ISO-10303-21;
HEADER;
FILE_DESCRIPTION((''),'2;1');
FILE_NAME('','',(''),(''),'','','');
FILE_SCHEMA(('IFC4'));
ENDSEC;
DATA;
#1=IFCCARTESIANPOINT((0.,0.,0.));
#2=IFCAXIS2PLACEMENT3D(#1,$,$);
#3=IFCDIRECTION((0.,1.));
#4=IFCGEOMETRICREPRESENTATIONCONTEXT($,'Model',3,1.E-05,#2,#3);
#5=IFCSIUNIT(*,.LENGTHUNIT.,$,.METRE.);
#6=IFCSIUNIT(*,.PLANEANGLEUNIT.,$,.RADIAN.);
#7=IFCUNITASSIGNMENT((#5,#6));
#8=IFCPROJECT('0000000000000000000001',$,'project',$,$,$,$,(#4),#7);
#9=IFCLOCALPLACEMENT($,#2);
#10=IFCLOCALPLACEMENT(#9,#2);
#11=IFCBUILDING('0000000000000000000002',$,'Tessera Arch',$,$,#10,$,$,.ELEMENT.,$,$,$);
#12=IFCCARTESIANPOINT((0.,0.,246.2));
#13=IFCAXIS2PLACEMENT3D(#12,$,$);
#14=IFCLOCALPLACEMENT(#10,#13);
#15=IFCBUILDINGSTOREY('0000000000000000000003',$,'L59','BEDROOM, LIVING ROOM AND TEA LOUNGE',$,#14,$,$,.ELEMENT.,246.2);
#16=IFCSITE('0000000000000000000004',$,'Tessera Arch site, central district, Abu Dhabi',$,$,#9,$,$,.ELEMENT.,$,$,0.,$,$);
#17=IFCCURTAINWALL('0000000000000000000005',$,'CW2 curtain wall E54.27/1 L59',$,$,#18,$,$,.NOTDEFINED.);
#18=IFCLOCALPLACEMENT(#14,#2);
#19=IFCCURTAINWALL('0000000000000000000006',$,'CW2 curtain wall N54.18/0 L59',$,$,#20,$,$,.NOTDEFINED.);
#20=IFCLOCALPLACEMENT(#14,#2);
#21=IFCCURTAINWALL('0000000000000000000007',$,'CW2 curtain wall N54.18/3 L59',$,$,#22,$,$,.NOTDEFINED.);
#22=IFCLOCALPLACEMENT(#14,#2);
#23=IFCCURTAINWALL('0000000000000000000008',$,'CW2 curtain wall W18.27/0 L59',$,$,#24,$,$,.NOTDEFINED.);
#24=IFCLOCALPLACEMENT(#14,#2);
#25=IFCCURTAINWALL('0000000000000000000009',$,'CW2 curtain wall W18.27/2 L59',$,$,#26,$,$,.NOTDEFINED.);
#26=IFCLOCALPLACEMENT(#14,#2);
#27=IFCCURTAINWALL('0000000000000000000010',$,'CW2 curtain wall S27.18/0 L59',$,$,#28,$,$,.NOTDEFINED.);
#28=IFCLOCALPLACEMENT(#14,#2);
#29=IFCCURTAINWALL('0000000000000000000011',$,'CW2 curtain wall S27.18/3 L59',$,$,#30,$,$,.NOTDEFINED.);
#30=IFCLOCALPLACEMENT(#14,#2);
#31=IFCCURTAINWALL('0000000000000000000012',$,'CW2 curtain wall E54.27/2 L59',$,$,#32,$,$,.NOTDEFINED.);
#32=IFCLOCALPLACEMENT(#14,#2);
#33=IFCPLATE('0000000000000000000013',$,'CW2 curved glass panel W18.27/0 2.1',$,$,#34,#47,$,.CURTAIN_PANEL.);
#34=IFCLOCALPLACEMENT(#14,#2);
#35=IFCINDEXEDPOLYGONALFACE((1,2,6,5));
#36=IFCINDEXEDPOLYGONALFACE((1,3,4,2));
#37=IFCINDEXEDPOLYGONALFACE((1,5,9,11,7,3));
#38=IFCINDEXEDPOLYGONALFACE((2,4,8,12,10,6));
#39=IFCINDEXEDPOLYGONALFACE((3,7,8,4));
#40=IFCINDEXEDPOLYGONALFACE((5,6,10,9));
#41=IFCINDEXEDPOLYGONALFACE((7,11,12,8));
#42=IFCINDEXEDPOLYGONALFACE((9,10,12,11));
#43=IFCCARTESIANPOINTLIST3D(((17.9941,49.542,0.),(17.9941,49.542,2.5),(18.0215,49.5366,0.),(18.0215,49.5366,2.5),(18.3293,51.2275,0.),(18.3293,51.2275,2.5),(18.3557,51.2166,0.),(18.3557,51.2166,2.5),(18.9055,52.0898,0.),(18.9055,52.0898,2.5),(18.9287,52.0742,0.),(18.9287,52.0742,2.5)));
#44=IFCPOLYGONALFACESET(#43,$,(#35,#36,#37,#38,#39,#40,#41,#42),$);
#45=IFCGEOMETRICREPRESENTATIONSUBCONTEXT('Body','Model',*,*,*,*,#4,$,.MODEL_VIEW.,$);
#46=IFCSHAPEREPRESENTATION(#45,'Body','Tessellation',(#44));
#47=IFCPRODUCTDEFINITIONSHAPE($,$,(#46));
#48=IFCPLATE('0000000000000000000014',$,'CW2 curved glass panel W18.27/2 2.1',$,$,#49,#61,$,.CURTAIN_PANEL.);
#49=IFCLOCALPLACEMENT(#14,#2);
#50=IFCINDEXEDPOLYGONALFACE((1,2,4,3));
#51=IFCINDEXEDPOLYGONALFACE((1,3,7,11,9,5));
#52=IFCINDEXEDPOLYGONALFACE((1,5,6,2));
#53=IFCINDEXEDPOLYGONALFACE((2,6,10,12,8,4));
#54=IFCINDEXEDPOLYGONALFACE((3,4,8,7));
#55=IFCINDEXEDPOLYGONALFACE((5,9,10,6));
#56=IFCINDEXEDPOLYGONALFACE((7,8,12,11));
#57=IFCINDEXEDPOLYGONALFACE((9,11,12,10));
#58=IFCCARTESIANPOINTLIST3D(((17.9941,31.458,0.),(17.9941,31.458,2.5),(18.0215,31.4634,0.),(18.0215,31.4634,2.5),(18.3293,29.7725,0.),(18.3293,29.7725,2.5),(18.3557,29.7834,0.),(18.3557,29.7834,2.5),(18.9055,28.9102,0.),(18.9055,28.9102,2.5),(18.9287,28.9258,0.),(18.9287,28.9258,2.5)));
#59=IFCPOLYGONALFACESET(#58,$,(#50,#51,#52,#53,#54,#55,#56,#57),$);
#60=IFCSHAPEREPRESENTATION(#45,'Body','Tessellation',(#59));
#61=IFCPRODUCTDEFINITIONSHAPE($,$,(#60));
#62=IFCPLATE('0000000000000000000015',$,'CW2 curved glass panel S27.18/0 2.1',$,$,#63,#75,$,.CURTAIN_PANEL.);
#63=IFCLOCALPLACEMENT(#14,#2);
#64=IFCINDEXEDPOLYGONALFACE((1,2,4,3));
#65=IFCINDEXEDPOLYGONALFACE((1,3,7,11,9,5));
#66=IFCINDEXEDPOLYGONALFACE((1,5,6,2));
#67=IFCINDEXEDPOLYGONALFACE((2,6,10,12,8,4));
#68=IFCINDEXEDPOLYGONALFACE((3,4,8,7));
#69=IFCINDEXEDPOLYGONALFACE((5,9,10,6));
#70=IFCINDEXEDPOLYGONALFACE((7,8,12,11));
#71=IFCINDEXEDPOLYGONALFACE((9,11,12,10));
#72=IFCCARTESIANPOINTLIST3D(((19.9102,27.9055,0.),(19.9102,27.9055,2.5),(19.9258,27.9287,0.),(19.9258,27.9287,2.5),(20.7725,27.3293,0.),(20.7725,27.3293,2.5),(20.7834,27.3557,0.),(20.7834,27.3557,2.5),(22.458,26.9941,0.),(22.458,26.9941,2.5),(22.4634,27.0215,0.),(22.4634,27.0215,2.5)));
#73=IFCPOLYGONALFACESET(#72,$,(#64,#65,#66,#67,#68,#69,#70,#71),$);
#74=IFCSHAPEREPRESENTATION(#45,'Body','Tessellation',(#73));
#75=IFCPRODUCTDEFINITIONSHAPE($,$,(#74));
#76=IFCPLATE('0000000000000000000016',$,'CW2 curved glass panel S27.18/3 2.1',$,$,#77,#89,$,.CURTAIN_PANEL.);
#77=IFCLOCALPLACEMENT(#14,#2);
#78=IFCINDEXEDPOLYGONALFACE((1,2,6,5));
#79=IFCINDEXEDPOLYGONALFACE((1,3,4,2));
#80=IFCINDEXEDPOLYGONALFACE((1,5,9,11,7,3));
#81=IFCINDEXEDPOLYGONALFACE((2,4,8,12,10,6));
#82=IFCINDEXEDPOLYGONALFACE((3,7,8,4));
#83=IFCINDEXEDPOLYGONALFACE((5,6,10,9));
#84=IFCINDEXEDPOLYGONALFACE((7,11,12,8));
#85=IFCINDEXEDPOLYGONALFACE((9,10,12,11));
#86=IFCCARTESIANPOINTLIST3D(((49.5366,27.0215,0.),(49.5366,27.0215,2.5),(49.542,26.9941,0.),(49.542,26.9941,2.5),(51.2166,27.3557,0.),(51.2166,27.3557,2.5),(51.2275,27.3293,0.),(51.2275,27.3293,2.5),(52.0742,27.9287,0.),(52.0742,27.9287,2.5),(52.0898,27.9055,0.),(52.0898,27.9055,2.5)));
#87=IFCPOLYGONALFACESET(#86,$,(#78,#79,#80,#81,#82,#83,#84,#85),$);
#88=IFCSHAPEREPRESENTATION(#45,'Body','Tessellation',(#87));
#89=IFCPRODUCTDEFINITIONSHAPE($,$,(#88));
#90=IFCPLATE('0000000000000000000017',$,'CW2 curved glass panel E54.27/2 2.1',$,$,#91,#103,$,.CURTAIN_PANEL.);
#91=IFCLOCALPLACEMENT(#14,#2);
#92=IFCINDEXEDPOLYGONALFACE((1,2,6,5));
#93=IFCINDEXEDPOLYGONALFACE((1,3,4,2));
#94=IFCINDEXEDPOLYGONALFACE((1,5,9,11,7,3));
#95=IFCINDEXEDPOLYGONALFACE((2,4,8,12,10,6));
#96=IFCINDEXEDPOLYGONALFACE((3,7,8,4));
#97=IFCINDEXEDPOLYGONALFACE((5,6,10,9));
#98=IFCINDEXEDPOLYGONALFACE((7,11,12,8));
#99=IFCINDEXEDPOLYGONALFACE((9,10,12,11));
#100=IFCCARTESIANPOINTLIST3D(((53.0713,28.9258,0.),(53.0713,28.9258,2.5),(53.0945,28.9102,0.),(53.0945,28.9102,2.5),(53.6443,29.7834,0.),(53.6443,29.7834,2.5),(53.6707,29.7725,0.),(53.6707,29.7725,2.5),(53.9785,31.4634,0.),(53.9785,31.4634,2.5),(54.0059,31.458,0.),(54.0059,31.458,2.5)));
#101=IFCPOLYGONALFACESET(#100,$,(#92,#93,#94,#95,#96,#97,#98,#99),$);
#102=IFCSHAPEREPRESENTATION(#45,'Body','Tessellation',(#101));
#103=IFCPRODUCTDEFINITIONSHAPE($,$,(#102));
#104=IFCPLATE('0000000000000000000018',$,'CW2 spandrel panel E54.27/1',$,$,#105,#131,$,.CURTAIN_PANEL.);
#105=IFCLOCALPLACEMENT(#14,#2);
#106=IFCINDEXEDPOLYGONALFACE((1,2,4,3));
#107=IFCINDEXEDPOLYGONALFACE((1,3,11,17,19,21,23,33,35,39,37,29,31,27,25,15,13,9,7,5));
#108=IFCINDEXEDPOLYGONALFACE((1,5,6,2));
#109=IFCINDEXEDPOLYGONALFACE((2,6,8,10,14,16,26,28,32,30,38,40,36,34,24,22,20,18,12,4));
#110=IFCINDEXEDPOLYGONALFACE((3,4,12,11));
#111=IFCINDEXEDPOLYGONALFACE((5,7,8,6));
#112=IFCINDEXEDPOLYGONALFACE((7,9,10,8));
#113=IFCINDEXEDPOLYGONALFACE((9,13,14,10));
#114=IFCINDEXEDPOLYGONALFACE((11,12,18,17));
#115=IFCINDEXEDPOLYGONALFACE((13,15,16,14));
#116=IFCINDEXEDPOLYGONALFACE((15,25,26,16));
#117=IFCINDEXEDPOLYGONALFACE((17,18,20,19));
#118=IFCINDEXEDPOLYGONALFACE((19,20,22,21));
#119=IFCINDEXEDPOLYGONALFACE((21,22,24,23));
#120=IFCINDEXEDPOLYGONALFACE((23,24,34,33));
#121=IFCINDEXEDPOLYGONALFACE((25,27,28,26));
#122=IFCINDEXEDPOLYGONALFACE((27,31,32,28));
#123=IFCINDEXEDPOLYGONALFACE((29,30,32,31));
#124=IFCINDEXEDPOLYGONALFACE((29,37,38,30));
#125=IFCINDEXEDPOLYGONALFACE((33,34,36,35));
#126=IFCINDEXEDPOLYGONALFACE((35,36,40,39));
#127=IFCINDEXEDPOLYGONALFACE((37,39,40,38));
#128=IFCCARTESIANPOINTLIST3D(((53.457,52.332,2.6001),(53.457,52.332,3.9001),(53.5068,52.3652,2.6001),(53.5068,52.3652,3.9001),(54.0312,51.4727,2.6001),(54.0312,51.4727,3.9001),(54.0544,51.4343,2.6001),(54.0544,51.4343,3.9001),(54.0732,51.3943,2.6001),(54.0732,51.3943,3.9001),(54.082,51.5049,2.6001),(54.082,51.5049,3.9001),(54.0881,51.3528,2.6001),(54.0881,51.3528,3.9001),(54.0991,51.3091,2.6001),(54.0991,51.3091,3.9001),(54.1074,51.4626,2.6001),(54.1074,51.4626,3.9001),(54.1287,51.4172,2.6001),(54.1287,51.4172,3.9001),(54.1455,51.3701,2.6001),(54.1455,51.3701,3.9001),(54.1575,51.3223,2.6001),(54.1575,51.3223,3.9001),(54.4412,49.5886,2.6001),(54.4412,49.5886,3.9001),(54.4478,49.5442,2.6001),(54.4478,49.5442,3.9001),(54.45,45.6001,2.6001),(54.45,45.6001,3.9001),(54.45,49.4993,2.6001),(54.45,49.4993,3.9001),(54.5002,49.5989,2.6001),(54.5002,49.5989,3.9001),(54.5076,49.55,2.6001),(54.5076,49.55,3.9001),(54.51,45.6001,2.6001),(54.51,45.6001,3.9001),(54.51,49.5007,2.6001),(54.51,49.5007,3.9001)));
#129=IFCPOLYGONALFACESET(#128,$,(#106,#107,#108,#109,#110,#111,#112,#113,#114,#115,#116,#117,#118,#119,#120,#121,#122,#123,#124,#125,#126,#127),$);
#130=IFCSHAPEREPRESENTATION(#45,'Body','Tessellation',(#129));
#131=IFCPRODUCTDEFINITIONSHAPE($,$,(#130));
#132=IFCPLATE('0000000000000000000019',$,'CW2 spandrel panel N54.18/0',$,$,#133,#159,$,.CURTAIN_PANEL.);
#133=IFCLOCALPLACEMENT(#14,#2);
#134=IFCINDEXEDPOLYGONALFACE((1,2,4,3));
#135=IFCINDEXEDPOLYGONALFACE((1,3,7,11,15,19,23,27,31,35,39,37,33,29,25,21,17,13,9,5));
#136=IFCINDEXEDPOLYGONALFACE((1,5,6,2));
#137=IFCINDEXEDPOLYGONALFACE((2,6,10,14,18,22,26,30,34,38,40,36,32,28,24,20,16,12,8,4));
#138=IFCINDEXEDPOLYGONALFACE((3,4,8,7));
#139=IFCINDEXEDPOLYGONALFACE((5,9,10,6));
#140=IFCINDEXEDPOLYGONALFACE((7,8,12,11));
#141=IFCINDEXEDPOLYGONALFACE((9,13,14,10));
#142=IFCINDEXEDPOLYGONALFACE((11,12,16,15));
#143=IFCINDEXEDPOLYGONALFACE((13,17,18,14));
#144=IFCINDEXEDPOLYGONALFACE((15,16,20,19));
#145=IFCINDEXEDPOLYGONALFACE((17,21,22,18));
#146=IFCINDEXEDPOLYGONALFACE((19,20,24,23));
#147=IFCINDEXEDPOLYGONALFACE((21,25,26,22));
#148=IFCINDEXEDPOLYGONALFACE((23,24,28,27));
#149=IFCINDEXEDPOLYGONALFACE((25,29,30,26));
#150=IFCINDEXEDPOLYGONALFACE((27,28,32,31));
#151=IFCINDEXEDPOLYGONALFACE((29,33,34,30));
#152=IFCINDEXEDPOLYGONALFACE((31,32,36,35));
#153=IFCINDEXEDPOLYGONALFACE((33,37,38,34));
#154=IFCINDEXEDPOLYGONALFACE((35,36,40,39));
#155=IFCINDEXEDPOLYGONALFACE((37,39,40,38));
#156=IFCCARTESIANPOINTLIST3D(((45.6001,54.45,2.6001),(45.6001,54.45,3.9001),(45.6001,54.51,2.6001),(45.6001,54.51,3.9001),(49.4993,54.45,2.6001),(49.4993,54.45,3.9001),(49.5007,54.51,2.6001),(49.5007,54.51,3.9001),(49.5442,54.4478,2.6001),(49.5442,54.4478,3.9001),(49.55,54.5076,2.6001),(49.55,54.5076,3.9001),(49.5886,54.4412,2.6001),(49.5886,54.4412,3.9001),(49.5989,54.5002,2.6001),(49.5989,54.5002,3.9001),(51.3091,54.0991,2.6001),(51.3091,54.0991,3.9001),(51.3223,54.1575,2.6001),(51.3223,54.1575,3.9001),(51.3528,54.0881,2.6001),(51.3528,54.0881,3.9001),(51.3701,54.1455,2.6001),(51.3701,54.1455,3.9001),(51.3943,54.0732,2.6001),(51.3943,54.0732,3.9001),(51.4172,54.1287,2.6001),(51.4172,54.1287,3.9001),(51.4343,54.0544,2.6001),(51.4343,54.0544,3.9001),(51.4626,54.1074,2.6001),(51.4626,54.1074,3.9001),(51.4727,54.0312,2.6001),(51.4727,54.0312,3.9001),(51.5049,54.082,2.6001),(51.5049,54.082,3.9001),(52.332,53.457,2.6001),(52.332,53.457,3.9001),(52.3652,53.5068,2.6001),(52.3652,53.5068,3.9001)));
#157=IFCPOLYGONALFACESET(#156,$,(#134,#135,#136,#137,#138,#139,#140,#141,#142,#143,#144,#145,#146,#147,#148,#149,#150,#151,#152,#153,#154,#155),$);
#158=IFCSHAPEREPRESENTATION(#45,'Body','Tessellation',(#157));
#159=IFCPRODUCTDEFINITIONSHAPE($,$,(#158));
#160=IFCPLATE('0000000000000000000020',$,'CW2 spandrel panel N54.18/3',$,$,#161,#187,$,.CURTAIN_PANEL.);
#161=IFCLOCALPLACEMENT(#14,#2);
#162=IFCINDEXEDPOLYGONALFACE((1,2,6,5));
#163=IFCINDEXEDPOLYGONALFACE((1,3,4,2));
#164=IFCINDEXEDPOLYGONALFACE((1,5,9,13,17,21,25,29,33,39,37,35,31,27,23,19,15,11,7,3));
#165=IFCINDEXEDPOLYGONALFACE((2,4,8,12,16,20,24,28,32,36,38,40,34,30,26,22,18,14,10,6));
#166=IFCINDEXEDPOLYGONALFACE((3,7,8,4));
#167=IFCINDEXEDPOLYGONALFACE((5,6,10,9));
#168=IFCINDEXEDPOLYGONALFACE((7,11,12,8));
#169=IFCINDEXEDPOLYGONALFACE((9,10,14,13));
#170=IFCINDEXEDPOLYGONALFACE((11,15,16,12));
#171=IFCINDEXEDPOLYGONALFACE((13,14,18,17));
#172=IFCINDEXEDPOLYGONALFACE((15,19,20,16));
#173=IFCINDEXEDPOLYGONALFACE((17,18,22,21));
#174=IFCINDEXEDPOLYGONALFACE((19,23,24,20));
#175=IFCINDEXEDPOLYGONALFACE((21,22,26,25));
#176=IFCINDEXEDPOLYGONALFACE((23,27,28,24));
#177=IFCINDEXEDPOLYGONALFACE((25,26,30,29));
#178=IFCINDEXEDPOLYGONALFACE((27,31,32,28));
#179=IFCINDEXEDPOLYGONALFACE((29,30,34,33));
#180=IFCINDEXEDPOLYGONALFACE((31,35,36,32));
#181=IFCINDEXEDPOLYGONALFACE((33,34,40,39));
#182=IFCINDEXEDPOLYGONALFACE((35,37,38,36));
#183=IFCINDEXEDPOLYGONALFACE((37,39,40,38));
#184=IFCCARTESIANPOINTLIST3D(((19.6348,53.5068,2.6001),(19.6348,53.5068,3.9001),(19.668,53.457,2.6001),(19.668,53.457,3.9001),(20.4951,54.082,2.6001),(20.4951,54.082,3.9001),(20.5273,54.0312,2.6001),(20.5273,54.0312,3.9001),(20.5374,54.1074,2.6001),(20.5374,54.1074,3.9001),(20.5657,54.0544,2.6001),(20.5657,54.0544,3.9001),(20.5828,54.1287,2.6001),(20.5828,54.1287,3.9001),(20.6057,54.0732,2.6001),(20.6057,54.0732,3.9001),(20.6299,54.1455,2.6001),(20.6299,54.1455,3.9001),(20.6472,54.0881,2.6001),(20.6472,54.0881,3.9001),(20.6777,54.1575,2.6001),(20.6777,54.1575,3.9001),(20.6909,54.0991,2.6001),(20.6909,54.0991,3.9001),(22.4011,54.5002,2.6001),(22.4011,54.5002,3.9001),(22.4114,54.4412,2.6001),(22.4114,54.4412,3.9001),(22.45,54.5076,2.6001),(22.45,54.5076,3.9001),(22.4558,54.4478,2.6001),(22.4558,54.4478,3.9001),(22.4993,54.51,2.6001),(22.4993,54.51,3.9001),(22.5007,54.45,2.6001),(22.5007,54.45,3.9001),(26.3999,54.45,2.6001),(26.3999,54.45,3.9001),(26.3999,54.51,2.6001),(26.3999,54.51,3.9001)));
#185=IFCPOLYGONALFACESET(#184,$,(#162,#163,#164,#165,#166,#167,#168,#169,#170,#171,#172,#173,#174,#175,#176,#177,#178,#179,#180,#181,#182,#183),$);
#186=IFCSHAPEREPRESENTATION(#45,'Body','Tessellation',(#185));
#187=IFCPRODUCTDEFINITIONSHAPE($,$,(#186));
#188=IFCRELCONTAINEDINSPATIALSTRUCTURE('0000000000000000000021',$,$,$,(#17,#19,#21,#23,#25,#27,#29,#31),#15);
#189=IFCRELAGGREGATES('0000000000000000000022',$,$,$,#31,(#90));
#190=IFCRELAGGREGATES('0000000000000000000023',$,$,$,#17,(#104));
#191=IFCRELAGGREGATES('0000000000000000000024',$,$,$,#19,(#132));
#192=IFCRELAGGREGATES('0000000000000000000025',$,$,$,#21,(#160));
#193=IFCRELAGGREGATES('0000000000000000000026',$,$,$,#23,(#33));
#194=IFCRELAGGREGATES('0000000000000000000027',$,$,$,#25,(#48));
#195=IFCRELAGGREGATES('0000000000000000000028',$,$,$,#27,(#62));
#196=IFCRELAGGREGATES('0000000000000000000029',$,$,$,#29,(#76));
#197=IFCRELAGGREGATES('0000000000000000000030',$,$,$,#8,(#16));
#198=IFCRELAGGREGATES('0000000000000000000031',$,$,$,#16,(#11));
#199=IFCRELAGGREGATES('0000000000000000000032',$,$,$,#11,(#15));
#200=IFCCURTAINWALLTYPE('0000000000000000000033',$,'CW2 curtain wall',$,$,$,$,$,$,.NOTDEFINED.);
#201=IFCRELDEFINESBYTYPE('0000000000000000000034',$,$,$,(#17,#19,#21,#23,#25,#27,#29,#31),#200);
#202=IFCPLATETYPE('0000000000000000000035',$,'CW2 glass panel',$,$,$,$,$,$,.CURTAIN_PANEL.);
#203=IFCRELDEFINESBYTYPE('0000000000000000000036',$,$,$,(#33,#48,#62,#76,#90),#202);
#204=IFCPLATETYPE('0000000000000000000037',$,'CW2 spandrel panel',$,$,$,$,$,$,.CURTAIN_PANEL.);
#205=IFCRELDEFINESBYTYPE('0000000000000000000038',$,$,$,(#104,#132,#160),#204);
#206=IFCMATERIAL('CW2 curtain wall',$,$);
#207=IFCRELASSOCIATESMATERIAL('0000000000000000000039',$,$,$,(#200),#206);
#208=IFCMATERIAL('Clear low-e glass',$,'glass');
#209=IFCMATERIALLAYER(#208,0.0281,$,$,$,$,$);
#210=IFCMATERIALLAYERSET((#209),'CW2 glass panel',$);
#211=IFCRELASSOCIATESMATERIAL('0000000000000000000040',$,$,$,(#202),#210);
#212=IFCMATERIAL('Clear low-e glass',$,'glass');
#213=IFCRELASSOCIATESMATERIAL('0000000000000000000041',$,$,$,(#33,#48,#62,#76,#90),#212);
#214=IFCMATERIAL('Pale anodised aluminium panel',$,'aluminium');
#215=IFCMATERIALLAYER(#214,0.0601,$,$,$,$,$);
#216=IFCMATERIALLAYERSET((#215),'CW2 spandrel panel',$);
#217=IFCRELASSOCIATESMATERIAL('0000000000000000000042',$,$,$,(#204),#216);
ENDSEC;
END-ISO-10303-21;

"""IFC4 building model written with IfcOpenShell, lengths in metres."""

from ifc_helpers import new_model, si_unit, direction, frame, origin, place, context, subcontext, project, spatial, polyline, outline, extrude, material, layer, layer_set, type_object, element, aggregate, save


model = new_model("IFC4")

# Units and contexts
model_context = context("Model", 3, precision=1e-05, world=origin(), true_north=direction((0.0, 1.0)))
body_context = subcontext(model_context, "Body", "Model", "MODEL_VIEW")
ifc_project = project(units=[si_unit("LENGTHUNIT", "METRE"), si_unit("PLANEANGLEUNIT", "RADIAN")], contexts=[model_context])

# Site, building, storey
site_placement = place(None, origin())
site = spatial("IfcSite", under=ifc_project, at=site_placement, Name="Tessera Arch site, central district, Abu Dhabi", CompositionType="ELEMENT", RefElevation=0.0)
building_placement = place(site_placement, origin())
building = spatial("IfcBuilding", under=site, at=building_placement, Name="Tessera Arch", CompositionType="ELEMENT")
storey_placement = place(building_placement, frame((0.0, 0.0, 246.2)))
storey = spatial("IfcBuildingStorey", under=building, at=storey_placement, Name="L59", Description="BEDROOM, LIVING ROOM AND TEA LOUNGE", CompositionType="ELEMENT", Elevation=246.2)

# Curtain walls
ifc_material_1 = material(Name="CW2 curtain wall")
curtain_wall_type = type_object("IfcCurtainWallType", Name="CW2 curtain wall", PredefinedType="NOTDEFINED", material=ifc_material_1)
curtain_wall_1_placement = place(storey_placement, origin())
curtain_wall_1 = element("IfcCurtainWall", 1, at=curtain_wall_1_placement, inside=storey, type_object=curtain_wall_type, Name="CW2 curtain wall E54.27/1 L59", PredefinedType="NOTDEFINED")
curtain_wall_2_placement = place(storey_placement, origin())
curtain_wall_2 = element("IfcCurtainWall", 2, at=curtain_wall_2_placement, inside=storey, type_object=curtain_wall_type, Name="CW2 curtain wall N54.18/0 L59", PredefinedType="NOTDEFINED")
curtain_wall_3_placement = place(storey_placement, origin())
curtain_wall_3 = element("IfcCurtainWall", 3, at=curtain_wall_3_placement, inside=storey, type_object=curtain_wall_type, Name="CW2 curtain wall N54.18/3 L59", PredefinedType="NOTDEFINED")
curtain_wall_4_placement = place(storey_placement, origin())
curtain_wall_4 = element("IfcCurtainWall", 4, at=curtain_wall_4_placement, inside=storey, type_object=curtain_wall_type, Name="CW2 curtain wall W18.27/0 L59", PredefinedType="NOTDEFINED")
curtain_wall_5_placement = place(storey_placement, origin())
curtain_wall_5 = element("IfcCurtainWall", 5, at=curtain_wall_5_placement, inside=storey, type_object=curtain_wall_type, Name="CW2 curtain wall W18.27/2 L59", PredefinedType="NOTDEFINED")
curtain_wall_6_placement = place(storey_placement, origin())
curtain_wall_6 = element("IfcCurtainWall", 6, at=curtain_wall_6_placement, inside=storey, type_object=curtain_wall_type, Name="CW2 curtain wall S27.18/0 L59", PredefinedType="NOTDEFINED")
curtain_wall_7_placement = place(storey_placement, origin())
curtain_wall_7 = element("IfcCurtainWall", 7, at=curtain_wall_7_placement, inside=storey, type_object=curtain_wall_type, Name="CW2 curtain wall S27.18/3 L59", PredefinedType="NOTDEFINED")
curtain_wall_8_placement = place(storey_placement, origin())
curtain_wall_8 = element("IfcCurtainWall", 8, at=curtain_wall_8_placement, inside=storey, type_object=curtain_wall_type, Name="CW2 curtain wall E54.27/2 L59", PredefinedType="NOTDEFINED")

# Plates
ifc_material_2 = material(Name="Clear low-e glass", Category="glass")
ifc_material_3 = material(Name="Clear low-e glass", Category="glass")
ifc_layer_1 = layer(ifc_material_3, 0.0281)
ifc_layer_set_1 = layer_set([ifc_layer_1], Name="CW2 glass panel")
plate_type_1 = type_object("IfcPlateType", Name="CW2 glass panel", PredefinedType="CURTAIN_PANEL", material=ifc_layer_set_1)
plate_1_placement = place(storey_placement, origin())
plate_1 = element("IfcPlate", 9, at=plate_1_placement, type_object=plate_type_1, material=ifc_material_2, Name="CW2 curved glass panel W18.27/0 2.1", PredefinedType="CURTAIN_PANEL", context=body_context, shape_type="SweptSolid", body=[
    extrude(outline(polyline([(18.3557, 51.2166), (18.9287, 52.0742), (18.9055, 52.0898), (18.3293, 51.2275), (17.9941, 49.542), (18.0215, 49.5366), (18.3557, 51.2166)])), origin(), (0.0, 0.0, 1.0), 2.5),
])
plate_2_placement = place(storey_placement, origin())
plate_2 = element("IfcPlate", 10, at=plate_2_placement, type_object=plate_type_1, material=ifc_material_2, Name="CW2 curved glass panel W18.27/2 2.1", PredefinedType="CURTAIN_PANEL", context=body_context, shape_type="SweptSolid", body=[
    extrude(outline(polyline([(18.3557, 29.7834), (18.0215, 31.4634), (17.9941, 31.458), (18.3293, 29.7725), (18.9055, 28.9102), (18.9287, 28.9258), (18.3557, 29.7834)])), origin(), (0.0, 0.0, 1.0), 2.5),
])
plate_3_placement = place(storey_placement, origin())
plate_3 = element("IfcPlate", 11, at=plate_3_placement, type_object=plate_type_1, material=ifc_material_2, Name="CW2 curved glass panel S27.18/0 2.1", PredefinedType="CURTAIN_PANEL", context=body_context, shape_type="SweptSolid", body=[
    extrude(outline(polyline([(20.7834, 27.3557), (19.9258, 27.9287), (19.9102, 27.9055), (20.7725, 27.3293), (22.458, 26.9941), (22.4634, 27.0215), (20.7834, 27.3557)])), origin(), (0.0, 0.0, 1.0), 2.5),
])
plate_4_placement = place(storey_placement, origin())
plate_4 = element("IfcPlate", 12, at=plate_4_placement, type_object=plate_type_1, material=ifc_material_2, Name="CW2 curved glass panel S27.18/3 2.1", PredefinedType="CURTAIN_PANEL", context=body_context, shape_type="SweptSolid", body=[
    extrude(outline(polyline([(51.2166, 27.3557), (49.5366, 27.0215), (49.542, 26.9941), (51.2275, 27.3293), (52.0898, 27.9055), (52.0742, 27.9287), (51.2166, 27.3557)])), origin(), (0.0, 0.0, 1.0), 2.5),
])
plate_5_placement = place(storey_placement, origin())
plate_5 = element("IfcPlate", 13, at=plate_5_placement, type_object=plate_type_1, material=ifc_material_2, Name="CW2 curved glass panel E54.27/2 2.1", PredefinedType="CURTAIN_PANEL", context=body_context, shape_type="SweptSolid", body=[
    extrude(outline(polyline([(53.6443, 29.7834), (53.0713, 28.9258), (53.0945, 28.9102), (53.6707, 29.7725), (54.0059, 31.458), (53.9785, 31.4634), (53.6443, 29.7834)])), origin(), (0.0, 0.0, 1.0), 2.5),
])
aggregate(curtain_wall_8, [plate_5])
ifc_material_4 = material(Name="Pale anodised aluminium panel", Category="aluminium")
ifc_layer_2 = layer(ifc_material_4, 0.0601)
ifc_layer_set_2 = layer_set([ifc_layer_2], Name="CW2 spandrel panel")
plate_type_2 = type_object("IfcPlateType", Name="CW2 spandrel panel", PredefinedType="CURTAIN_PANEL", material=ifc_layer_set_2)
plate_6_placement = place(storey_placement, frame((0.0, 0.0, 2.6001)))
plate_6 = element("IfcPlate", 14, at=plate_6_placement, type_object=plate_type_2, Name="CW2 spandrel panel E54.27/1", PredefinedType="CURTAIN_PANEL", context=body_context, shape_type="SweptSolid", body=[
    extrude(outline(polyline([(54.45, 49.4993), (54.45, 45.6001), (54.51, 45.6001), (54.51, 49.5007), (54.5076, 49.55), (54.5002, 49.5989), (54.1575, 51.3223), (54.1455, 51.3701), (54.1287, 51.4172), (54.1074, 51.4626), (54.082, 51.5049), (53.5068, 52.3652), (53.457, 52.332), (54.0312, 51.4727), (54.0544, 51.4343), (54.0732, 51.3943), (54.0881, 51.3528), (54.0991, 51.3091), (54.4412, 49.5886), (54.4478, 49.5442), (54.45, 49.4993)])), origin(), (0.0, 0.0, 1.0), 1.3),
])
aggregate(curtain_wall_1, [plate_6])
plate_7_placement = place(storey_placement, frame((0.0, 0.0, 2.6001)))
plate_7 = element("IfcPlate", 15, at=plate_7_placement, type_object=plate_type_2, Name="CW2 spandrel panel N54.18/0", PredefinedType="CURTAIN_PANEL", context=body_context, shape_type="SweptSolid", body=[
    extrude(outline(polyline([(51.4727, 54.0312), (52.332, 53.457), (52.3652, 53.5068), (51.5049, 54.082), (51.4626, 54.1074), (51.4172, 54.1287), (51.3701, 54.1455), (51.3223, 54.1575), (49.5989, 54.5002), (49.55, 54.5076), (49.5007, 54.51), (45.6001, 54.51), (45.6001, 54.45), (49.4993, 54.45), (49.5442, 54.4478), (49.5886, 54.4412), (51.3091, 54.0991), (51.3528, 54.0881), (51.3943, 54.0732), (51.4343, 54.0544), (51.4727, 54.0312)])), origin(), (0.0, 0.0, 1.0), 1.3),
])
aggregate(curtain_wall_2, [plate_7])
plate_8_placement = place(storey_placement, frame((0.0, 0.0, 2.6001)))
plate_8 = element("IfcPlate", 16, at=plate_8_placement, type_object=plate_type_2, Name="CW2 spandrel panel N54.18/3", PredefinedType="CURTAIN_PANEL", context=body_context, shape_type="SweptSolid", body=[
    extrude(outline(polyline([(22.5007, 54.45), (26.3999, 54.45), (26.3999, 54.51), (22.4993, 54.51), (22.45, 54.5076), (22.4011, 54.5002), (20.6777, 54.1575), (20.6299, 54.1455), (20.5828, 54.1287), (20.5374, 54.1074), (20.4951, 54.082), (19.6348, 53.5068), (19.668, 53.457), (20.5273, 54.0312), (20.5657, 54.0544), (20.6057, 54.0732), (20.6472, 54.0881), (20.6909, 54.0991), (22.4114, 54.4412), (22.4558, 54.4478), (22.5007, 54.45)])), origin(), (0.0, 0.0, 1.0), 1.3),
])
aggregate(curtain_wall_3, [plate_8])
aggregate(curtain_wall_4, [plate_1])
aggregate(curtain_wall_5, [plate_2])
aggregate(curtain_wall_6, [plate_3])
aggregate(curtain_wall_7, [plate_4])

save(model, "model.ifc")
